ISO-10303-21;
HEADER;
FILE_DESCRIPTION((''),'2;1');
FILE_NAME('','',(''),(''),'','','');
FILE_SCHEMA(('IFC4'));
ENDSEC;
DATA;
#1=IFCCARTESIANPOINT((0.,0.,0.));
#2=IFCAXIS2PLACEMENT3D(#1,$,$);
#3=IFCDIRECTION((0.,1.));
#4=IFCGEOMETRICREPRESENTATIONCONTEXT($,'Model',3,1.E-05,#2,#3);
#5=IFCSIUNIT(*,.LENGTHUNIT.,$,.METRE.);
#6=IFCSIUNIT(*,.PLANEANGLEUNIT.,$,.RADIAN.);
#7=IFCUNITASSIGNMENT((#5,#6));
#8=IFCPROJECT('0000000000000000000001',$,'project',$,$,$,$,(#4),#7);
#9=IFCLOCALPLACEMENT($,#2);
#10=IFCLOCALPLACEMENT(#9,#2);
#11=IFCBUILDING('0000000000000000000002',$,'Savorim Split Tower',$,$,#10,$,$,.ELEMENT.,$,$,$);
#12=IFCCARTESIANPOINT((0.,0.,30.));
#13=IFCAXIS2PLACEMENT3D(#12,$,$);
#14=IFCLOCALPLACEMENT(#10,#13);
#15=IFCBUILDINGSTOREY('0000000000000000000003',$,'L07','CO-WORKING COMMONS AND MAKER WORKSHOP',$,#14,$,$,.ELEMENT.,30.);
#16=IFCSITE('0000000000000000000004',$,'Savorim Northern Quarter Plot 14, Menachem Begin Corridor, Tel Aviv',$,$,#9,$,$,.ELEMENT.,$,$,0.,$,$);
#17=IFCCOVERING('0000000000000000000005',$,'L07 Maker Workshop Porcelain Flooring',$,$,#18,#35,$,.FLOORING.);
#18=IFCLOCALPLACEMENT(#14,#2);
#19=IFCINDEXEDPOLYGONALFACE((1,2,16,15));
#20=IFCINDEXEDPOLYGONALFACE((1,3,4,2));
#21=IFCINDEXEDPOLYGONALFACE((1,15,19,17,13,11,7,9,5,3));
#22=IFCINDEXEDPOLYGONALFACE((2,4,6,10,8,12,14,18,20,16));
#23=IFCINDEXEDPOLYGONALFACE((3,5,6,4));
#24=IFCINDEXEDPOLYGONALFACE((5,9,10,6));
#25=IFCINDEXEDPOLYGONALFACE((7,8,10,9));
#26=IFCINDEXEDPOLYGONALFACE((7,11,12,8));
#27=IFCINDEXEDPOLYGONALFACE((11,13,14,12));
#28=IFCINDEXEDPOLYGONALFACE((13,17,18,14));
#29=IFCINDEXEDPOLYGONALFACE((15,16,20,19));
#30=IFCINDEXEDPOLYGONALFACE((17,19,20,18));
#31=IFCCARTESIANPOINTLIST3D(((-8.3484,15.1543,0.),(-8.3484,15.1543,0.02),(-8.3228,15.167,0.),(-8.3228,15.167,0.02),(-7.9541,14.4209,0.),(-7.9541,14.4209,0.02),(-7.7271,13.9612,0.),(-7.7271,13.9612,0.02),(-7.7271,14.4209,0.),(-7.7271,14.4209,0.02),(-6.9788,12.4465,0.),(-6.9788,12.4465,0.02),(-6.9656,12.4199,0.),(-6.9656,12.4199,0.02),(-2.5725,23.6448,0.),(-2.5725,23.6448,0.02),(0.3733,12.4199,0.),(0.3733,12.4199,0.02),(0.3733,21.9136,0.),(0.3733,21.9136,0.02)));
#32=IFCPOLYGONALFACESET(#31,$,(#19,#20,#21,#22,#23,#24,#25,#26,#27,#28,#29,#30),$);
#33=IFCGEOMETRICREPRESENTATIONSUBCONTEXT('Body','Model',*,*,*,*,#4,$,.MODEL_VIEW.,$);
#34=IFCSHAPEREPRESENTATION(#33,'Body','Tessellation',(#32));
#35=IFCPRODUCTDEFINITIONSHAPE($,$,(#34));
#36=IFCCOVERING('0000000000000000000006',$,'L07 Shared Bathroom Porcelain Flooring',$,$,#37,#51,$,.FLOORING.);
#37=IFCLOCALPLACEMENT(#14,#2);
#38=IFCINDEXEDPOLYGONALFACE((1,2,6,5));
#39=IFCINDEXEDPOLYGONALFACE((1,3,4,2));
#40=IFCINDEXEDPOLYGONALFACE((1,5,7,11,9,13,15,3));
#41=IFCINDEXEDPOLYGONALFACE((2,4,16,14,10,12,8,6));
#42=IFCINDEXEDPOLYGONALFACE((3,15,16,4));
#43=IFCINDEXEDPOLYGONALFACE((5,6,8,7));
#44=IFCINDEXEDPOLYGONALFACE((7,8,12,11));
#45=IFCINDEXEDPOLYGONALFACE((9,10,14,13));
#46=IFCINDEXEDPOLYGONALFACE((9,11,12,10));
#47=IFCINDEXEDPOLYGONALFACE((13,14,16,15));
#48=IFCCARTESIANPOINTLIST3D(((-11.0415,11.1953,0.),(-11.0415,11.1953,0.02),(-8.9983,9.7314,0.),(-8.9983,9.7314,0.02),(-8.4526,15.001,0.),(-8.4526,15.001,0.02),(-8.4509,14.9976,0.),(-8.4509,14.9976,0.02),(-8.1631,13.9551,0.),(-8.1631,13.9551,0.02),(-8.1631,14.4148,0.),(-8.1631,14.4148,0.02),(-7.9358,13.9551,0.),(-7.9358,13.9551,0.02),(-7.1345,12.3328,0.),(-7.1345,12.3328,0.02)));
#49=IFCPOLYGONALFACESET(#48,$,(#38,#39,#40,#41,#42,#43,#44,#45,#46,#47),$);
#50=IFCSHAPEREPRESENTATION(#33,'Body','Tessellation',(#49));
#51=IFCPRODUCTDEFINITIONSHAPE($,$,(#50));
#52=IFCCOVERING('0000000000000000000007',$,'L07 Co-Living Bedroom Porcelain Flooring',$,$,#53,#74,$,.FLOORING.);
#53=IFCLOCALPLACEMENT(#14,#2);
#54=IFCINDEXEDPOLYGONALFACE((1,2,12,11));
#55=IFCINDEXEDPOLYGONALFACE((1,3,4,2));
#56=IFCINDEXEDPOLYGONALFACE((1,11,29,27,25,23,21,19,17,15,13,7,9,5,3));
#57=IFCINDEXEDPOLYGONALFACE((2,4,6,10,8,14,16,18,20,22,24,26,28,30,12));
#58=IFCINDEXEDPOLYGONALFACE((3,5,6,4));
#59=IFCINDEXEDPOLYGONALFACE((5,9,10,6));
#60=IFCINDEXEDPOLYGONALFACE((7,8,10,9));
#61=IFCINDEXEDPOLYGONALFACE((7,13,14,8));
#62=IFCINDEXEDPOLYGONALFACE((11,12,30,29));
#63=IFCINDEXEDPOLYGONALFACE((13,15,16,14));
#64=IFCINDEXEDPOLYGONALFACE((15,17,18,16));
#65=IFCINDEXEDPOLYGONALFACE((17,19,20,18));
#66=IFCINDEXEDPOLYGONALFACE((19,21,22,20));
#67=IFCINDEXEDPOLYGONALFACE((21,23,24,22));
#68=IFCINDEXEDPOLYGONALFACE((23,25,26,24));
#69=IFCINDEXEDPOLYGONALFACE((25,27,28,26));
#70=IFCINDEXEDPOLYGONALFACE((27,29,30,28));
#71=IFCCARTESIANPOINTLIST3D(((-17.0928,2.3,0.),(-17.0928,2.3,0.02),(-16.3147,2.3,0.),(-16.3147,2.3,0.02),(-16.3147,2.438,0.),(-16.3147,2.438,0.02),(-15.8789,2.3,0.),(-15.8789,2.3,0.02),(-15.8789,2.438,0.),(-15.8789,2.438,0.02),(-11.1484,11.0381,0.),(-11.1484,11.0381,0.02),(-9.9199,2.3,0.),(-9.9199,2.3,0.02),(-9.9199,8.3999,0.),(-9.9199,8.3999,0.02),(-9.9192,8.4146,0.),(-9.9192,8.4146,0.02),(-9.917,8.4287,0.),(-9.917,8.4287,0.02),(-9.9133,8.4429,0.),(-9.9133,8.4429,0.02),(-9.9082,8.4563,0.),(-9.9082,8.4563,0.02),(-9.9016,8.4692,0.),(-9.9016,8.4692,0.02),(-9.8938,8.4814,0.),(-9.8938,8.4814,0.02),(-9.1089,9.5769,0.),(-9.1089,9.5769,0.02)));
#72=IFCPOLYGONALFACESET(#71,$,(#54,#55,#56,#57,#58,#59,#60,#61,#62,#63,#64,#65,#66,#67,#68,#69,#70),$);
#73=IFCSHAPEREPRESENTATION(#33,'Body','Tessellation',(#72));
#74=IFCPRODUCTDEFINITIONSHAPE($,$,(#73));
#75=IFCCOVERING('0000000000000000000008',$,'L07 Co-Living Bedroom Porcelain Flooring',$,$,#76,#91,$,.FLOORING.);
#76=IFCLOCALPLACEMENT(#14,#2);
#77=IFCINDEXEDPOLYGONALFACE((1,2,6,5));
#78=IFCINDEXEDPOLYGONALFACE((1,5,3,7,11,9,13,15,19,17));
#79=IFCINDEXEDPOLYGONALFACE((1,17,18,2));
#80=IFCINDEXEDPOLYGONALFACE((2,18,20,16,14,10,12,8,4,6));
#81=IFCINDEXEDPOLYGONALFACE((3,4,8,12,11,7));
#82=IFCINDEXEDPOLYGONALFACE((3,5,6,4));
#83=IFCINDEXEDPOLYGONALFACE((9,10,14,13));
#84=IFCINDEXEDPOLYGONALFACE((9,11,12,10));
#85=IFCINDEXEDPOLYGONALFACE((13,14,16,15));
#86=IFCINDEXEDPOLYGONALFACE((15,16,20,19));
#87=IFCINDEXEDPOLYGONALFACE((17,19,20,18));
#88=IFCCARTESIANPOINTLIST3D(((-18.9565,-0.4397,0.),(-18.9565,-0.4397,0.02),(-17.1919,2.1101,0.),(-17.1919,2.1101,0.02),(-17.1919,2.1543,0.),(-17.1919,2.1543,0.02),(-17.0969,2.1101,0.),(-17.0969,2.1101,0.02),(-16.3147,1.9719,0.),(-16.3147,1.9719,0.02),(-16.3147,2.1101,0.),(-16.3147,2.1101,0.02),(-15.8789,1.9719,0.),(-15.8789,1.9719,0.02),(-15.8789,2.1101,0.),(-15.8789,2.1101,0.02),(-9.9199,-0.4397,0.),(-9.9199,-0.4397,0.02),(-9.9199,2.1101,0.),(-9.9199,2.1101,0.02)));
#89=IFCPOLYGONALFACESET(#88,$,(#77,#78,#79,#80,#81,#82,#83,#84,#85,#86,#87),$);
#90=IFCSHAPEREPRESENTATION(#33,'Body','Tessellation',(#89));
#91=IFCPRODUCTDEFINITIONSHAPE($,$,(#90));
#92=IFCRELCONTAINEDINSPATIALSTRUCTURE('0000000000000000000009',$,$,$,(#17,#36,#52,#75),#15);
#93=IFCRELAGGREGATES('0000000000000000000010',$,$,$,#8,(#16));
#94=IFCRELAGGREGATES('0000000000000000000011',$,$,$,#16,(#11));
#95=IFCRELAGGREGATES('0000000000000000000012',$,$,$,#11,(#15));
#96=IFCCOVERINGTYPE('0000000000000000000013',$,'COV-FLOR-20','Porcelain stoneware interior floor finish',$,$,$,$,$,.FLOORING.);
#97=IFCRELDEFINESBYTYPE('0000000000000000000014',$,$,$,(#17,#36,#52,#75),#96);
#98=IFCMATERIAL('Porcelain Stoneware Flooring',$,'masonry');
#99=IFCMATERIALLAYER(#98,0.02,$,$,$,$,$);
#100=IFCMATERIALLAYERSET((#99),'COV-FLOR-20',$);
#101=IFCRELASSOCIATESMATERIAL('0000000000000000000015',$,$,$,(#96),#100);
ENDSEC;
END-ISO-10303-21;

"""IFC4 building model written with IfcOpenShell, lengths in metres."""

from ifc_helpers import new_model, si_unit, direction, frame, origin, place, context, subcontext, project, spatial, polyline, outline, extrude, material, layer, layer_set, type_object, element, save


model = new_model("IFC4")

# Units and contexts
model_context = context("Model", 3, precision=1e-05, world=origin(), true_north=direction((0.0, 1.0)))
body_context = subcontext(model_context, "Body", "Model", "MODEL_VIEW")
ifc_project = project(units=[si_unit("LENGTHUNIT", "METRE"), si_unit("PLANEANGLEUNIT", "RADIAN")], contexts=[model_context])

# Site, building, storey
site_placement = place(None, origin())
site = spatial("IfcSite", under=ifc_project, at=site_placement, Name="Savorim Northern Quarter Plot 14, Menachem Begin Corridor, Tel Aviv", CompositionType="ELEMENT", RefElevation=0.0)
building_placement = place(site_placement, origin())
building = spatial("IfcBuilding", under=site, at=building_placement, Name="Savorim Split Tower", CompositionType="ELEMENT")
storey_placement = place(building_placement, frame((0.0, 0.0, 30.0)))
storey = spatial("IfcBuildingStorey", under=building, at=storey_placement, Name="L07", Description="CO-WORKING COMMONS AND MAKER WORKSHOP", CompositionType="ELEMENT", Elevation=30.0)

# Coverings
ifc_material_1 = material(Name="Porcelain Stoneware Flooring", Category="masonry")
ifc_layer_1 = layer(ifc_material_1, 0.02)
ifc_layer_set_1 = layer_set([ifc_layer_1], Name="COV-FLOR-20")
covering_type_1 = type_object("IfcCoveringType", Name="COV-FLOR-20", Description="Porcelain stoneware interior floor finish", PredefinedType="FLOORING", material=ifc_layer_set_1)
covering_1_placement = place(storey_placement, origin())
element("IfcCovering", 1, at=covering_1_placement, inside=storey, type_object=covering_type_1, Name="L07 Maker Workshop Porcelain Flooring", PredefinedType="FLOORING", context=body_context, shape_type="SweptSolid", body=[
    extrude(outline(polyline([(-6.9656, 12.4199), (0.3733, 12.4199), (0.3733, 21.9136), (-2.5725, 23.6448), (-8.3484, 15.1543), (-8.3228, 15.167), (-7.9541, 14.4209), (-7.7271, 14.4209), (-7.7271, 13.9612), (-6.9788, 12.4465), (-6.9656, 12.4199)])), origin(), (0.0, 0.0, 1.0), 0.02),
])
covering_2_placement = place(storey_placement, origin())
element("IfcCovering", 2, at=covering_2_placement, inside=storey, type_object=covering_type_1, Name="L07 Shared Bathroom Porcelain Flooring", PredefinedType="FLOORING", context=body_context, shape_type="SweptSolid", body=[
    extrude(outline(polyline([(-8.1631, 13.9551), (-8.1631, 14.4148), (-8.4509, 14.9976), (-8.4526, 15.001), (-11.0415, 11.1953), (-8.9983, 9.7314), (-7.1345, 12.3328), (-7.9358, 13.9551), (-8.1631, 13.9551)])), origin(), (0.0, 0.0, 1.0), 0.02),
])
covering_3_placement = place(storey_placement, origin())
element("IfcCovering", 3, at=covering_3_placement, inside=storey, type_object=covering_type_1, Name="L07 Co-Living Bedroom Porcelain Flooring", PredefinedType="FLOORING", context=body_context, shape_type="SweptSolid", body=[
    extrude(outline(polyline([(-9.9082, 8.4563), (-9.9016, 8.4692), (-9.8938, 8.4814), (-9.1089, 9.5769), (-11.1484, 11.0381), (-17.0928, 2.3), (-16.3147, 2.3), (-16.3147, 2.438), (-15.8789, 2.438), (-15.8789, 2.3), (-9.9199, 2.3), (-9.9199, 8.3999), (-9.9192, 8.4146), (-9.917, 8.4287), (-9.9133, 8.4429), (-9.9082, 8.4563)])), origin(), (0.0, 0.0, 1.0), 0.02),
])
covering_4_placement = place(storey_placement, origin())
element("IfcCovering", 4, at=covering_4_placement, inside=storey, type_object=covering_type_1, Name="L07 Co-Living Bedroom Porcelain Flooring", PredefinedType="FLOORING", context=body_context, shape_type="SweptSolid", body=[
    extrude(outline(polyline([(-16.3147, 2.1101), (-17.0969, 2.1101), (-17.1919, 2.1101), (-17.1919, 2.1543), (-18.9565, -0.4397), (-9.9199, -0.4397), (-9.9199, 2.1101), (-15.8789, 2.1101), (-15.8789, 1.9719), (-16.3147, 1.9719), (-16.3147, 2.1101)])), origin(), (0.0, 0.0, 1.0), 0.02),
])

save(model, "model.ifc")
